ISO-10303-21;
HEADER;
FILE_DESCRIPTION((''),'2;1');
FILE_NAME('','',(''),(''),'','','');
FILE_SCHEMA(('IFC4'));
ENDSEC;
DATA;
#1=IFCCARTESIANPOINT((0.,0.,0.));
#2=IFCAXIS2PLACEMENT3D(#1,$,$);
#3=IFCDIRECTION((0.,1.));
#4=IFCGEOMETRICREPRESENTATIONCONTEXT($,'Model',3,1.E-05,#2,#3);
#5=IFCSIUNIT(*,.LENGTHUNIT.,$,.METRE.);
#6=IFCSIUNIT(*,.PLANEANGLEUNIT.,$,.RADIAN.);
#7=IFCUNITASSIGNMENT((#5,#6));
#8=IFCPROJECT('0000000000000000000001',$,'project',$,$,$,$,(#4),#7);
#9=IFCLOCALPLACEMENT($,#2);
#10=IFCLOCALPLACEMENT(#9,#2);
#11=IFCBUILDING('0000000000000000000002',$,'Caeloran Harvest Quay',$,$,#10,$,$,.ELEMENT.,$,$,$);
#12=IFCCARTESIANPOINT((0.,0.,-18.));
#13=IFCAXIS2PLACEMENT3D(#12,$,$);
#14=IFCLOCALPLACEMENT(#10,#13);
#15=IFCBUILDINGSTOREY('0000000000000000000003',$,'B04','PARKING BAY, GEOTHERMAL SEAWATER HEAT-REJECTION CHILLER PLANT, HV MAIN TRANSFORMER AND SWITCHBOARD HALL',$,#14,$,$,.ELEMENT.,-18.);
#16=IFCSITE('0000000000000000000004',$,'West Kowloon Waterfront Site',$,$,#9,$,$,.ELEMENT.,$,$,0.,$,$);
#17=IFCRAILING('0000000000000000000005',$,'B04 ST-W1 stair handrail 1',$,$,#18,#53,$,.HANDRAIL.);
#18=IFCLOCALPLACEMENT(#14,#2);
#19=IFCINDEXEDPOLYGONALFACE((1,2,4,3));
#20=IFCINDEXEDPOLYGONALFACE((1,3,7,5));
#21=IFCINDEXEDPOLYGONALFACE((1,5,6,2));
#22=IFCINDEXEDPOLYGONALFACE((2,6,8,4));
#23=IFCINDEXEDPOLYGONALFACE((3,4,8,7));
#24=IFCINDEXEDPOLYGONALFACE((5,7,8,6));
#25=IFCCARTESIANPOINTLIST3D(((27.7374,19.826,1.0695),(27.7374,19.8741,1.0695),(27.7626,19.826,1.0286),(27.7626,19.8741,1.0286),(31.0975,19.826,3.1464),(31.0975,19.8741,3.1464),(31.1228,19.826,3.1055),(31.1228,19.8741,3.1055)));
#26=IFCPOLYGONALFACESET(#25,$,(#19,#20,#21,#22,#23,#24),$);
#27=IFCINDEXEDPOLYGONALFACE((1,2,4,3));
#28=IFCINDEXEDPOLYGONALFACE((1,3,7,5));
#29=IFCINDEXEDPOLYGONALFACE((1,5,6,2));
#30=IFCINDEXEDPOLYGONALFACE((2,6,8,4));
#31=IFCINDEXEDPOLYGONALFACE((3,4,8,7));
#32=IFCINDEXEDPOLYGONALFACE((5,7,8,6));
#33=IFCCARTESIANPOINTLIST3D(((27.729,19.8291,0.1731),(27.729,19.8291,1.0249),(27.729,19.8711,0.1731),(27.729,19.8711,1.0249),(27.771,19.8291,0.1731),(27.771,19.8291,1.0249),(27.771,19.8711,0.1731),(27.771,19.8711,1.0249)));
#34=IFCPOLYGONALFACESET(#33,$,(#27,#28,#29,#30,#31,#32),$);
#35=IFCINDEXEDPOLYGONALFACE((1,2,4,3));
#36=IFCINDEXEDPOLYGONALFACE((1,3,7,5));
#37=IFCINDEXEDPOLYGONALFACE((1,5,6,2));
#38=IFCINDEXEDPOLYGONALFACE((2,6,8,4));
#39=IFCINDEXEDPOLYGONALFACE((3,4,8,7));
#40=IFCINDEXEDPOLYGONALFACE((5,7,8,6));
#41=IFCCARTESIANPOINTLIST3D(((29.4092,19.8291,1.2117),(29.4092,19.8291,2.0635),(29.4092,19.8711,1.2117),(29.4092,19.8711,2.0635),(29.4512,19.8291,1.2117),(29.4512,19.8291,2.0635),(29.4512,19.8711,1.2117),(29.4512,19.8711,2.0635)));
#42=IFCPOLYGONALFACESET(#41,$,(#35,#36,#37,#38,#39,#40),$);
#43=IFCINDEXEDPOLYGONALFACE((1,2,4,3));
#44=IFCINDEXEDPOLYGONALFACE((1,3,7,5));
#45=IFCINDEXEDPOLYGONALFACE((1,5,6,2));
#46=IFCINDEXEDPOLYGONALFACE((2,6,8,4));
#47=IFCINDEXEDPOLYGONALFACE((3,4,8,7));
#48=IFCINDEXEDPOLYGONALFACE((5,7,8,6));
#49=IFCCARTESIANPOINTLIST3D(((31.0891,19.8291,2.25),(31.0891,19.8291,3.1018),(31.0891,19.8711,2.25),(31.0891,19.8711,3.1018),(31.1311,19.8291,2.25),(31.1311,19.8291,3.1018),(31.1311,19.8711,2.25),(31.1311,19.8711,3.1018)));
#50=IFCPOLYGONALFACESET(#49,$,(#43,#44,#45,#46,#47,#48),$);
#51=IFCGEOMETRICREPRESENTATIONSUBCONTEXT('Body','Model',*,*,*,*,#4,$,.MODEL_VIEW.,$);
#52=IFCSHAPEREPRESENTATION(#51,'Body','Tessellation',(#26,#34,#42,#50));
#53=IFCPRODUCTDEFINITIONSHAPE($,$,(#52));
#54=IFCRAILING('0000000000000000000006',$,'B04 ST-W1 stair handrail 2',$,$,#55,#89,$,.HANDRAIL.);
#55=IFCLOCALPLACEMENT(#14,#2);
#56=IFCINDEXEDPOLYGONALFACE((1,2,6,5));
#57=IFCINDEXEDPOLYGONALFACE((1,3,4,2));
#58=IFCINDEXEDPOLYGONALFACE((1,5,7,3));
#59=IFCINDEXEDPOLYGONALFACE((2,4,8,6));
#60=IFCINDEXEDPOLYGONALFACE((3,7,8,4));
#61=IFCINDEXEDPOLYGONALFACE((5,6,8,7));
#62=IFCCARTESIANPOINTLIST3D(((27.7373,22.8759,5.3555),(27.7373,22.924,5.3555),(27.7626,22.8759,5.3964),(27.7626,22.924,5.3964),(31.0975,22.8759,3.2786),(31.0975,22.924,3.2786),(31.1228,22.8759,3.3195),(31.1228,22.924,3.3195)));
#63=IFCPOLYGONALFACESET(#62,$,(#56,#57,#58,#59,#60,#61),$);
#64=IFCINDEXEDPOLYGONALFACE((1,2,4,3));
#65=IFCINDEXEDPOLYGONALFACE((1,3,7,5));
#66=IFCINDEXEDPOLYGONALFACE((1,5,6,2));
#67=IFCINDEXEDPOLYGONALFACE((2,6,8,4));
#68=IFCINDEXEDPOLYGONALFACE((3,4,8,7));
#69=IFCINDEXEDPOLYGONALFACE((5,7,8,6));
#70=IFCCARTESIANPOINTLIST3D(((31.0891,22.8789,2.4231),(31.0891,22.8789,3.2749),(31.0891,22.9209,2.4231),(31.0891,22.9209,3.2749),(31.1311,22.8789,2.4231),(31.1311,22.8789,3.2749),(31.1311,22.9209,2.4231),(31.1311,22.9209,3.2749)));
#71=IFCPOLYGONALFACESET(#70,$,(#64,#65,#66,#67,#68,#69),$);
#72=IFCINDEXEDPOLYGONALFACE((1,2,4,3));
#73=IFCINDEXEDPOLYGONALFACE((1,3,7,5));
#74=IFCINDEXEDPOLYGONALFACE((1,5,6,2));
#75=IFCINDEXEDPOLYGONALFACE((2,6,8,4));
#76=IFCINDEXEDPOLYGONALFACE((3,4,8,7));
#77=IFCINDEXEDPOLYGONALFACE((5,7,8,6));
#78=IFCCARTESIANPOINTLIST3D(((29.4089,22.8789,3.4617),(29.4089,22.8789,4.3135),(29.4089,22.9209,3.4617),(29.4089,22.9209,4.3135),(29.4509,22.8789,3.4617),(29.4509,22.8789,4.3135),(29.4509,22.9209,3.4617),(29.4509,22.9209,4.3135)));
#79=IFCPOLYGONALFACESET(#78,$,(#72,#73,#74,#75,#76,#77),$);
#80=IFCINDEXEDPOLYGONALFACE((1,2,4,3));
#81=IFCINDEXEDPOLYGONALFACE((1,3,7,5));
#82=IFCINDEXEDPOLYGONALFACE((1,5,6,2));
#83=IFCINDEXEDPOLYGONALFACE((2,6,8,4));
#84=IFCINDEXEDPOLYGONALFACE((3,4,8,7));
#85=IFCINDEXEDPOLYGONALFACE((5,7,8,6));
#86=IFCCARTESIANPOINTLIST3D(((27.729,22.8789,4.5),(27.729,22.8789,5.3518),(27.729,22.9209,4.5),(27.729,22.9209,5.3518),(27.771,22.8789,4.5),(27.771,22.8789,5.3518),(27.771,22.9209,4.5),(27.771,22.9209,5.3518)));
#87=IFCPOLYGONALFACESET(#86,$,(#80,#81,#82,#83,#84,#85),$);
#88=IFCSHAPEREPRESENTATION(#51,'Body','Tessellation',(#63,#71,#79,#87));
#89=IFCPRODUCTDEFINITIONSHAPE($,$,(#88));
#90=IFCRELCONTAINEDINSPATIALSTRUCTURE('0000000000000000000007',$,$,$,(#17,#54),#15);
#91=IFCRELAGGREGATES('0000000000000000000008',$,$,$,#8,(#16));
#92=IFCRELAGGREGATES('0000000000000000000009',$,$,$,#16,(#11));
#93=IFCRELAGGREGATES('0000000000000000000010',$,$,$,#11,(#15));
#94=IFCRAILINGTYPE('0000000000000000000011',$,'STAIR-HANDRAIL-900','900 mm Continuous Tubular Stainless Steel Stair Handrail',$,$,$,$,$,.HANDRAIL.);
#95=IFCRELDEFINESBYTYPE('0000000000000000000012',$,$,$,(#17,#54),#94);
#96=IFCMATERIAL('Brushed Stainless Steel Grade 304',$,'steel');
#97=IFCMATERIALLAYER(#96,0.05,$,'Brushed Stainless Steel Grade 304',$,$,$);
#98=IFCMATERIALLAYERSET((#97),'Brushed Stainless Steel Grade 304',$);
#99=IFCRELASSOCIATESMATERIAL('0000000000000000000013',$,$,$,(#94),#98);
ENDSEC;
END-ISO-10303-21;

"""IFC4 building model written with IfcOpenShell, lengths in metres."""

from ifc_helpers import new_model, si_unit, direction, frame, origin, origin_2d, place, context, subcontext, project, spatial, rectangle, extrude, material, layer, layer_set, type_object, element, save


model = new_model("IFC4")

# Units and contexts
model_context = context("Model", 3, precision=1e-05, world=origin(), true_north=direction((0.0, 1.0)))
body_context = subcontext(model_context, "Body", "Model", "MODEL_VIEW")
ifc_project = project(units=[si_unit("LENGTHUNIT", "METRE"), si_unit("PLANEANGLEUNIT", "RADIAN")], contexts=[model_context])

# Site, building, storey
site_placement = place(None, origin())
site = spatial("IfcSite", under=ifc_project, at=site_placement, Name="West Kowloon Waterfront Site", CompositionType="ELEMENT", RefElevation=0.0)
building_placement = place(site_placement, origin())
building = spatial("IfcBuilding", under=site, at=building_placement, Name="Caeloran Harvest Quay", CompositionType="ELEMENT")
storey_placement = place(building_placement, frame((0.0, 0.0, -18.0)))
storey = spatial("IfcBuildingStorey", under=building, at=storey_placement, Name="B04", Description="PARKING BAY, GEOTHERMAL SEAWATER HEAT-REJECTION CHILLER PLANT, HV MAIN TRANSFORMER AND SWITCHBOARD HALL", CompositionType="ELEMENT", Elevation=-18.0)

# Railings
ifc_material_1 = material(Name="Brushed Stainless Steel Grade 304", Category="steel")
ifc_layer_1 = layer(ifc_material_1, 0.05, Name="Brushed Stainless Steel Grade 304")
ifc_layer_set_1 = layer_set([ifc_layer_1], Name="Brushed Stainless Steel Grade 304")
railing_type_1 = type_object("IfcRailingType", Name="STAIR-HANDRAIL-900", Description="900 mm Continuous Tubular Stainless Steel Stair Handrail", PredefinedType="HANDRAIL", material=ifc_layer_set_1)
railing_1_placement = place(storey_placement, frame((27.75, 19.8501, 0.1731)))
element("IfcRailing", 1, at=railing_1_placement, inside=storey, type_object=railing_type_1, Name="B04 ST-W1 stair handrail 1", PredefinedType="HANDRAIL", context=body_context, shape_type="SweptSolid", body=[
    extrude(rectangle(XDim=0.0481, YDim=0.0481, at=origin_2d()), frame((0.0, 0.0, 0.876), z_axis=(0.850623, 0.0, 0.525776), x_axis=(0.0, 1.0, 0.0)), (0.0, 0.0, 1.0), 3.9502),
    extrude(rectangle(XDim=0.042, YDim=0.042, at=origin_2d()), origin(), (0.0, 0.0, 1.0), 0.8518),
    extrude(rectangle(XDim=0.042, YDim=0.042, at=origin_2d()), frame((1.6802, 0.0, 1.0386)), (0.0, 0.0, 1.0), 0.8518),
    extrude(rectangle(XDim=0.042, YDim=0.042, at=origin_2d()), frame((3.3601, 0.0, 2.0769)), (0.0, 0.0, 1.0), 0.8518),
])
railing_2_placement = place(storey_placement, frame((31.1101, 22.8999, 2.4231)))
element("IfcRailing", 2, at=railing_2_placement, inside=storey, type_object=railing_type_1, Name="B04 ST-W1 stair handrail 2", PredefinedType="HANDRAIL", context=body_context, shape_type="SweptSolid", body=[
    extrude(rectangle(XDim=0.0481, YDim=0.0481, at=origin_2d()), frame((0.0, 0.0, 0.876), z_axis=(-0.850623, 0.0, 0.525776), x_axis=(0.0, -1.0, 0.0)), (0.0, 0.0, 1.0), 3.9502),
    extrude(rectangle(XDim=0.042, YDim=0.042, at=origin_2d()), origin(), (0.0, 0.0, 1.0), 0.8518),
    extrude(rectangle(XDim=0.042, YDim=0.042, at=origin_2d()), frame((-1.6802, 0.0, 1.0386)), (0.0, 0.0, 1.0), 0.8518),
    extrude(rectangle(XDim=0.042, YDim=0.042, at=origin_2d()), frame((-3.3601, 0.0, 2.0769)), (0.0, 0.0, 1.0), 0.8518),
])

save(model, "model.ifc")
